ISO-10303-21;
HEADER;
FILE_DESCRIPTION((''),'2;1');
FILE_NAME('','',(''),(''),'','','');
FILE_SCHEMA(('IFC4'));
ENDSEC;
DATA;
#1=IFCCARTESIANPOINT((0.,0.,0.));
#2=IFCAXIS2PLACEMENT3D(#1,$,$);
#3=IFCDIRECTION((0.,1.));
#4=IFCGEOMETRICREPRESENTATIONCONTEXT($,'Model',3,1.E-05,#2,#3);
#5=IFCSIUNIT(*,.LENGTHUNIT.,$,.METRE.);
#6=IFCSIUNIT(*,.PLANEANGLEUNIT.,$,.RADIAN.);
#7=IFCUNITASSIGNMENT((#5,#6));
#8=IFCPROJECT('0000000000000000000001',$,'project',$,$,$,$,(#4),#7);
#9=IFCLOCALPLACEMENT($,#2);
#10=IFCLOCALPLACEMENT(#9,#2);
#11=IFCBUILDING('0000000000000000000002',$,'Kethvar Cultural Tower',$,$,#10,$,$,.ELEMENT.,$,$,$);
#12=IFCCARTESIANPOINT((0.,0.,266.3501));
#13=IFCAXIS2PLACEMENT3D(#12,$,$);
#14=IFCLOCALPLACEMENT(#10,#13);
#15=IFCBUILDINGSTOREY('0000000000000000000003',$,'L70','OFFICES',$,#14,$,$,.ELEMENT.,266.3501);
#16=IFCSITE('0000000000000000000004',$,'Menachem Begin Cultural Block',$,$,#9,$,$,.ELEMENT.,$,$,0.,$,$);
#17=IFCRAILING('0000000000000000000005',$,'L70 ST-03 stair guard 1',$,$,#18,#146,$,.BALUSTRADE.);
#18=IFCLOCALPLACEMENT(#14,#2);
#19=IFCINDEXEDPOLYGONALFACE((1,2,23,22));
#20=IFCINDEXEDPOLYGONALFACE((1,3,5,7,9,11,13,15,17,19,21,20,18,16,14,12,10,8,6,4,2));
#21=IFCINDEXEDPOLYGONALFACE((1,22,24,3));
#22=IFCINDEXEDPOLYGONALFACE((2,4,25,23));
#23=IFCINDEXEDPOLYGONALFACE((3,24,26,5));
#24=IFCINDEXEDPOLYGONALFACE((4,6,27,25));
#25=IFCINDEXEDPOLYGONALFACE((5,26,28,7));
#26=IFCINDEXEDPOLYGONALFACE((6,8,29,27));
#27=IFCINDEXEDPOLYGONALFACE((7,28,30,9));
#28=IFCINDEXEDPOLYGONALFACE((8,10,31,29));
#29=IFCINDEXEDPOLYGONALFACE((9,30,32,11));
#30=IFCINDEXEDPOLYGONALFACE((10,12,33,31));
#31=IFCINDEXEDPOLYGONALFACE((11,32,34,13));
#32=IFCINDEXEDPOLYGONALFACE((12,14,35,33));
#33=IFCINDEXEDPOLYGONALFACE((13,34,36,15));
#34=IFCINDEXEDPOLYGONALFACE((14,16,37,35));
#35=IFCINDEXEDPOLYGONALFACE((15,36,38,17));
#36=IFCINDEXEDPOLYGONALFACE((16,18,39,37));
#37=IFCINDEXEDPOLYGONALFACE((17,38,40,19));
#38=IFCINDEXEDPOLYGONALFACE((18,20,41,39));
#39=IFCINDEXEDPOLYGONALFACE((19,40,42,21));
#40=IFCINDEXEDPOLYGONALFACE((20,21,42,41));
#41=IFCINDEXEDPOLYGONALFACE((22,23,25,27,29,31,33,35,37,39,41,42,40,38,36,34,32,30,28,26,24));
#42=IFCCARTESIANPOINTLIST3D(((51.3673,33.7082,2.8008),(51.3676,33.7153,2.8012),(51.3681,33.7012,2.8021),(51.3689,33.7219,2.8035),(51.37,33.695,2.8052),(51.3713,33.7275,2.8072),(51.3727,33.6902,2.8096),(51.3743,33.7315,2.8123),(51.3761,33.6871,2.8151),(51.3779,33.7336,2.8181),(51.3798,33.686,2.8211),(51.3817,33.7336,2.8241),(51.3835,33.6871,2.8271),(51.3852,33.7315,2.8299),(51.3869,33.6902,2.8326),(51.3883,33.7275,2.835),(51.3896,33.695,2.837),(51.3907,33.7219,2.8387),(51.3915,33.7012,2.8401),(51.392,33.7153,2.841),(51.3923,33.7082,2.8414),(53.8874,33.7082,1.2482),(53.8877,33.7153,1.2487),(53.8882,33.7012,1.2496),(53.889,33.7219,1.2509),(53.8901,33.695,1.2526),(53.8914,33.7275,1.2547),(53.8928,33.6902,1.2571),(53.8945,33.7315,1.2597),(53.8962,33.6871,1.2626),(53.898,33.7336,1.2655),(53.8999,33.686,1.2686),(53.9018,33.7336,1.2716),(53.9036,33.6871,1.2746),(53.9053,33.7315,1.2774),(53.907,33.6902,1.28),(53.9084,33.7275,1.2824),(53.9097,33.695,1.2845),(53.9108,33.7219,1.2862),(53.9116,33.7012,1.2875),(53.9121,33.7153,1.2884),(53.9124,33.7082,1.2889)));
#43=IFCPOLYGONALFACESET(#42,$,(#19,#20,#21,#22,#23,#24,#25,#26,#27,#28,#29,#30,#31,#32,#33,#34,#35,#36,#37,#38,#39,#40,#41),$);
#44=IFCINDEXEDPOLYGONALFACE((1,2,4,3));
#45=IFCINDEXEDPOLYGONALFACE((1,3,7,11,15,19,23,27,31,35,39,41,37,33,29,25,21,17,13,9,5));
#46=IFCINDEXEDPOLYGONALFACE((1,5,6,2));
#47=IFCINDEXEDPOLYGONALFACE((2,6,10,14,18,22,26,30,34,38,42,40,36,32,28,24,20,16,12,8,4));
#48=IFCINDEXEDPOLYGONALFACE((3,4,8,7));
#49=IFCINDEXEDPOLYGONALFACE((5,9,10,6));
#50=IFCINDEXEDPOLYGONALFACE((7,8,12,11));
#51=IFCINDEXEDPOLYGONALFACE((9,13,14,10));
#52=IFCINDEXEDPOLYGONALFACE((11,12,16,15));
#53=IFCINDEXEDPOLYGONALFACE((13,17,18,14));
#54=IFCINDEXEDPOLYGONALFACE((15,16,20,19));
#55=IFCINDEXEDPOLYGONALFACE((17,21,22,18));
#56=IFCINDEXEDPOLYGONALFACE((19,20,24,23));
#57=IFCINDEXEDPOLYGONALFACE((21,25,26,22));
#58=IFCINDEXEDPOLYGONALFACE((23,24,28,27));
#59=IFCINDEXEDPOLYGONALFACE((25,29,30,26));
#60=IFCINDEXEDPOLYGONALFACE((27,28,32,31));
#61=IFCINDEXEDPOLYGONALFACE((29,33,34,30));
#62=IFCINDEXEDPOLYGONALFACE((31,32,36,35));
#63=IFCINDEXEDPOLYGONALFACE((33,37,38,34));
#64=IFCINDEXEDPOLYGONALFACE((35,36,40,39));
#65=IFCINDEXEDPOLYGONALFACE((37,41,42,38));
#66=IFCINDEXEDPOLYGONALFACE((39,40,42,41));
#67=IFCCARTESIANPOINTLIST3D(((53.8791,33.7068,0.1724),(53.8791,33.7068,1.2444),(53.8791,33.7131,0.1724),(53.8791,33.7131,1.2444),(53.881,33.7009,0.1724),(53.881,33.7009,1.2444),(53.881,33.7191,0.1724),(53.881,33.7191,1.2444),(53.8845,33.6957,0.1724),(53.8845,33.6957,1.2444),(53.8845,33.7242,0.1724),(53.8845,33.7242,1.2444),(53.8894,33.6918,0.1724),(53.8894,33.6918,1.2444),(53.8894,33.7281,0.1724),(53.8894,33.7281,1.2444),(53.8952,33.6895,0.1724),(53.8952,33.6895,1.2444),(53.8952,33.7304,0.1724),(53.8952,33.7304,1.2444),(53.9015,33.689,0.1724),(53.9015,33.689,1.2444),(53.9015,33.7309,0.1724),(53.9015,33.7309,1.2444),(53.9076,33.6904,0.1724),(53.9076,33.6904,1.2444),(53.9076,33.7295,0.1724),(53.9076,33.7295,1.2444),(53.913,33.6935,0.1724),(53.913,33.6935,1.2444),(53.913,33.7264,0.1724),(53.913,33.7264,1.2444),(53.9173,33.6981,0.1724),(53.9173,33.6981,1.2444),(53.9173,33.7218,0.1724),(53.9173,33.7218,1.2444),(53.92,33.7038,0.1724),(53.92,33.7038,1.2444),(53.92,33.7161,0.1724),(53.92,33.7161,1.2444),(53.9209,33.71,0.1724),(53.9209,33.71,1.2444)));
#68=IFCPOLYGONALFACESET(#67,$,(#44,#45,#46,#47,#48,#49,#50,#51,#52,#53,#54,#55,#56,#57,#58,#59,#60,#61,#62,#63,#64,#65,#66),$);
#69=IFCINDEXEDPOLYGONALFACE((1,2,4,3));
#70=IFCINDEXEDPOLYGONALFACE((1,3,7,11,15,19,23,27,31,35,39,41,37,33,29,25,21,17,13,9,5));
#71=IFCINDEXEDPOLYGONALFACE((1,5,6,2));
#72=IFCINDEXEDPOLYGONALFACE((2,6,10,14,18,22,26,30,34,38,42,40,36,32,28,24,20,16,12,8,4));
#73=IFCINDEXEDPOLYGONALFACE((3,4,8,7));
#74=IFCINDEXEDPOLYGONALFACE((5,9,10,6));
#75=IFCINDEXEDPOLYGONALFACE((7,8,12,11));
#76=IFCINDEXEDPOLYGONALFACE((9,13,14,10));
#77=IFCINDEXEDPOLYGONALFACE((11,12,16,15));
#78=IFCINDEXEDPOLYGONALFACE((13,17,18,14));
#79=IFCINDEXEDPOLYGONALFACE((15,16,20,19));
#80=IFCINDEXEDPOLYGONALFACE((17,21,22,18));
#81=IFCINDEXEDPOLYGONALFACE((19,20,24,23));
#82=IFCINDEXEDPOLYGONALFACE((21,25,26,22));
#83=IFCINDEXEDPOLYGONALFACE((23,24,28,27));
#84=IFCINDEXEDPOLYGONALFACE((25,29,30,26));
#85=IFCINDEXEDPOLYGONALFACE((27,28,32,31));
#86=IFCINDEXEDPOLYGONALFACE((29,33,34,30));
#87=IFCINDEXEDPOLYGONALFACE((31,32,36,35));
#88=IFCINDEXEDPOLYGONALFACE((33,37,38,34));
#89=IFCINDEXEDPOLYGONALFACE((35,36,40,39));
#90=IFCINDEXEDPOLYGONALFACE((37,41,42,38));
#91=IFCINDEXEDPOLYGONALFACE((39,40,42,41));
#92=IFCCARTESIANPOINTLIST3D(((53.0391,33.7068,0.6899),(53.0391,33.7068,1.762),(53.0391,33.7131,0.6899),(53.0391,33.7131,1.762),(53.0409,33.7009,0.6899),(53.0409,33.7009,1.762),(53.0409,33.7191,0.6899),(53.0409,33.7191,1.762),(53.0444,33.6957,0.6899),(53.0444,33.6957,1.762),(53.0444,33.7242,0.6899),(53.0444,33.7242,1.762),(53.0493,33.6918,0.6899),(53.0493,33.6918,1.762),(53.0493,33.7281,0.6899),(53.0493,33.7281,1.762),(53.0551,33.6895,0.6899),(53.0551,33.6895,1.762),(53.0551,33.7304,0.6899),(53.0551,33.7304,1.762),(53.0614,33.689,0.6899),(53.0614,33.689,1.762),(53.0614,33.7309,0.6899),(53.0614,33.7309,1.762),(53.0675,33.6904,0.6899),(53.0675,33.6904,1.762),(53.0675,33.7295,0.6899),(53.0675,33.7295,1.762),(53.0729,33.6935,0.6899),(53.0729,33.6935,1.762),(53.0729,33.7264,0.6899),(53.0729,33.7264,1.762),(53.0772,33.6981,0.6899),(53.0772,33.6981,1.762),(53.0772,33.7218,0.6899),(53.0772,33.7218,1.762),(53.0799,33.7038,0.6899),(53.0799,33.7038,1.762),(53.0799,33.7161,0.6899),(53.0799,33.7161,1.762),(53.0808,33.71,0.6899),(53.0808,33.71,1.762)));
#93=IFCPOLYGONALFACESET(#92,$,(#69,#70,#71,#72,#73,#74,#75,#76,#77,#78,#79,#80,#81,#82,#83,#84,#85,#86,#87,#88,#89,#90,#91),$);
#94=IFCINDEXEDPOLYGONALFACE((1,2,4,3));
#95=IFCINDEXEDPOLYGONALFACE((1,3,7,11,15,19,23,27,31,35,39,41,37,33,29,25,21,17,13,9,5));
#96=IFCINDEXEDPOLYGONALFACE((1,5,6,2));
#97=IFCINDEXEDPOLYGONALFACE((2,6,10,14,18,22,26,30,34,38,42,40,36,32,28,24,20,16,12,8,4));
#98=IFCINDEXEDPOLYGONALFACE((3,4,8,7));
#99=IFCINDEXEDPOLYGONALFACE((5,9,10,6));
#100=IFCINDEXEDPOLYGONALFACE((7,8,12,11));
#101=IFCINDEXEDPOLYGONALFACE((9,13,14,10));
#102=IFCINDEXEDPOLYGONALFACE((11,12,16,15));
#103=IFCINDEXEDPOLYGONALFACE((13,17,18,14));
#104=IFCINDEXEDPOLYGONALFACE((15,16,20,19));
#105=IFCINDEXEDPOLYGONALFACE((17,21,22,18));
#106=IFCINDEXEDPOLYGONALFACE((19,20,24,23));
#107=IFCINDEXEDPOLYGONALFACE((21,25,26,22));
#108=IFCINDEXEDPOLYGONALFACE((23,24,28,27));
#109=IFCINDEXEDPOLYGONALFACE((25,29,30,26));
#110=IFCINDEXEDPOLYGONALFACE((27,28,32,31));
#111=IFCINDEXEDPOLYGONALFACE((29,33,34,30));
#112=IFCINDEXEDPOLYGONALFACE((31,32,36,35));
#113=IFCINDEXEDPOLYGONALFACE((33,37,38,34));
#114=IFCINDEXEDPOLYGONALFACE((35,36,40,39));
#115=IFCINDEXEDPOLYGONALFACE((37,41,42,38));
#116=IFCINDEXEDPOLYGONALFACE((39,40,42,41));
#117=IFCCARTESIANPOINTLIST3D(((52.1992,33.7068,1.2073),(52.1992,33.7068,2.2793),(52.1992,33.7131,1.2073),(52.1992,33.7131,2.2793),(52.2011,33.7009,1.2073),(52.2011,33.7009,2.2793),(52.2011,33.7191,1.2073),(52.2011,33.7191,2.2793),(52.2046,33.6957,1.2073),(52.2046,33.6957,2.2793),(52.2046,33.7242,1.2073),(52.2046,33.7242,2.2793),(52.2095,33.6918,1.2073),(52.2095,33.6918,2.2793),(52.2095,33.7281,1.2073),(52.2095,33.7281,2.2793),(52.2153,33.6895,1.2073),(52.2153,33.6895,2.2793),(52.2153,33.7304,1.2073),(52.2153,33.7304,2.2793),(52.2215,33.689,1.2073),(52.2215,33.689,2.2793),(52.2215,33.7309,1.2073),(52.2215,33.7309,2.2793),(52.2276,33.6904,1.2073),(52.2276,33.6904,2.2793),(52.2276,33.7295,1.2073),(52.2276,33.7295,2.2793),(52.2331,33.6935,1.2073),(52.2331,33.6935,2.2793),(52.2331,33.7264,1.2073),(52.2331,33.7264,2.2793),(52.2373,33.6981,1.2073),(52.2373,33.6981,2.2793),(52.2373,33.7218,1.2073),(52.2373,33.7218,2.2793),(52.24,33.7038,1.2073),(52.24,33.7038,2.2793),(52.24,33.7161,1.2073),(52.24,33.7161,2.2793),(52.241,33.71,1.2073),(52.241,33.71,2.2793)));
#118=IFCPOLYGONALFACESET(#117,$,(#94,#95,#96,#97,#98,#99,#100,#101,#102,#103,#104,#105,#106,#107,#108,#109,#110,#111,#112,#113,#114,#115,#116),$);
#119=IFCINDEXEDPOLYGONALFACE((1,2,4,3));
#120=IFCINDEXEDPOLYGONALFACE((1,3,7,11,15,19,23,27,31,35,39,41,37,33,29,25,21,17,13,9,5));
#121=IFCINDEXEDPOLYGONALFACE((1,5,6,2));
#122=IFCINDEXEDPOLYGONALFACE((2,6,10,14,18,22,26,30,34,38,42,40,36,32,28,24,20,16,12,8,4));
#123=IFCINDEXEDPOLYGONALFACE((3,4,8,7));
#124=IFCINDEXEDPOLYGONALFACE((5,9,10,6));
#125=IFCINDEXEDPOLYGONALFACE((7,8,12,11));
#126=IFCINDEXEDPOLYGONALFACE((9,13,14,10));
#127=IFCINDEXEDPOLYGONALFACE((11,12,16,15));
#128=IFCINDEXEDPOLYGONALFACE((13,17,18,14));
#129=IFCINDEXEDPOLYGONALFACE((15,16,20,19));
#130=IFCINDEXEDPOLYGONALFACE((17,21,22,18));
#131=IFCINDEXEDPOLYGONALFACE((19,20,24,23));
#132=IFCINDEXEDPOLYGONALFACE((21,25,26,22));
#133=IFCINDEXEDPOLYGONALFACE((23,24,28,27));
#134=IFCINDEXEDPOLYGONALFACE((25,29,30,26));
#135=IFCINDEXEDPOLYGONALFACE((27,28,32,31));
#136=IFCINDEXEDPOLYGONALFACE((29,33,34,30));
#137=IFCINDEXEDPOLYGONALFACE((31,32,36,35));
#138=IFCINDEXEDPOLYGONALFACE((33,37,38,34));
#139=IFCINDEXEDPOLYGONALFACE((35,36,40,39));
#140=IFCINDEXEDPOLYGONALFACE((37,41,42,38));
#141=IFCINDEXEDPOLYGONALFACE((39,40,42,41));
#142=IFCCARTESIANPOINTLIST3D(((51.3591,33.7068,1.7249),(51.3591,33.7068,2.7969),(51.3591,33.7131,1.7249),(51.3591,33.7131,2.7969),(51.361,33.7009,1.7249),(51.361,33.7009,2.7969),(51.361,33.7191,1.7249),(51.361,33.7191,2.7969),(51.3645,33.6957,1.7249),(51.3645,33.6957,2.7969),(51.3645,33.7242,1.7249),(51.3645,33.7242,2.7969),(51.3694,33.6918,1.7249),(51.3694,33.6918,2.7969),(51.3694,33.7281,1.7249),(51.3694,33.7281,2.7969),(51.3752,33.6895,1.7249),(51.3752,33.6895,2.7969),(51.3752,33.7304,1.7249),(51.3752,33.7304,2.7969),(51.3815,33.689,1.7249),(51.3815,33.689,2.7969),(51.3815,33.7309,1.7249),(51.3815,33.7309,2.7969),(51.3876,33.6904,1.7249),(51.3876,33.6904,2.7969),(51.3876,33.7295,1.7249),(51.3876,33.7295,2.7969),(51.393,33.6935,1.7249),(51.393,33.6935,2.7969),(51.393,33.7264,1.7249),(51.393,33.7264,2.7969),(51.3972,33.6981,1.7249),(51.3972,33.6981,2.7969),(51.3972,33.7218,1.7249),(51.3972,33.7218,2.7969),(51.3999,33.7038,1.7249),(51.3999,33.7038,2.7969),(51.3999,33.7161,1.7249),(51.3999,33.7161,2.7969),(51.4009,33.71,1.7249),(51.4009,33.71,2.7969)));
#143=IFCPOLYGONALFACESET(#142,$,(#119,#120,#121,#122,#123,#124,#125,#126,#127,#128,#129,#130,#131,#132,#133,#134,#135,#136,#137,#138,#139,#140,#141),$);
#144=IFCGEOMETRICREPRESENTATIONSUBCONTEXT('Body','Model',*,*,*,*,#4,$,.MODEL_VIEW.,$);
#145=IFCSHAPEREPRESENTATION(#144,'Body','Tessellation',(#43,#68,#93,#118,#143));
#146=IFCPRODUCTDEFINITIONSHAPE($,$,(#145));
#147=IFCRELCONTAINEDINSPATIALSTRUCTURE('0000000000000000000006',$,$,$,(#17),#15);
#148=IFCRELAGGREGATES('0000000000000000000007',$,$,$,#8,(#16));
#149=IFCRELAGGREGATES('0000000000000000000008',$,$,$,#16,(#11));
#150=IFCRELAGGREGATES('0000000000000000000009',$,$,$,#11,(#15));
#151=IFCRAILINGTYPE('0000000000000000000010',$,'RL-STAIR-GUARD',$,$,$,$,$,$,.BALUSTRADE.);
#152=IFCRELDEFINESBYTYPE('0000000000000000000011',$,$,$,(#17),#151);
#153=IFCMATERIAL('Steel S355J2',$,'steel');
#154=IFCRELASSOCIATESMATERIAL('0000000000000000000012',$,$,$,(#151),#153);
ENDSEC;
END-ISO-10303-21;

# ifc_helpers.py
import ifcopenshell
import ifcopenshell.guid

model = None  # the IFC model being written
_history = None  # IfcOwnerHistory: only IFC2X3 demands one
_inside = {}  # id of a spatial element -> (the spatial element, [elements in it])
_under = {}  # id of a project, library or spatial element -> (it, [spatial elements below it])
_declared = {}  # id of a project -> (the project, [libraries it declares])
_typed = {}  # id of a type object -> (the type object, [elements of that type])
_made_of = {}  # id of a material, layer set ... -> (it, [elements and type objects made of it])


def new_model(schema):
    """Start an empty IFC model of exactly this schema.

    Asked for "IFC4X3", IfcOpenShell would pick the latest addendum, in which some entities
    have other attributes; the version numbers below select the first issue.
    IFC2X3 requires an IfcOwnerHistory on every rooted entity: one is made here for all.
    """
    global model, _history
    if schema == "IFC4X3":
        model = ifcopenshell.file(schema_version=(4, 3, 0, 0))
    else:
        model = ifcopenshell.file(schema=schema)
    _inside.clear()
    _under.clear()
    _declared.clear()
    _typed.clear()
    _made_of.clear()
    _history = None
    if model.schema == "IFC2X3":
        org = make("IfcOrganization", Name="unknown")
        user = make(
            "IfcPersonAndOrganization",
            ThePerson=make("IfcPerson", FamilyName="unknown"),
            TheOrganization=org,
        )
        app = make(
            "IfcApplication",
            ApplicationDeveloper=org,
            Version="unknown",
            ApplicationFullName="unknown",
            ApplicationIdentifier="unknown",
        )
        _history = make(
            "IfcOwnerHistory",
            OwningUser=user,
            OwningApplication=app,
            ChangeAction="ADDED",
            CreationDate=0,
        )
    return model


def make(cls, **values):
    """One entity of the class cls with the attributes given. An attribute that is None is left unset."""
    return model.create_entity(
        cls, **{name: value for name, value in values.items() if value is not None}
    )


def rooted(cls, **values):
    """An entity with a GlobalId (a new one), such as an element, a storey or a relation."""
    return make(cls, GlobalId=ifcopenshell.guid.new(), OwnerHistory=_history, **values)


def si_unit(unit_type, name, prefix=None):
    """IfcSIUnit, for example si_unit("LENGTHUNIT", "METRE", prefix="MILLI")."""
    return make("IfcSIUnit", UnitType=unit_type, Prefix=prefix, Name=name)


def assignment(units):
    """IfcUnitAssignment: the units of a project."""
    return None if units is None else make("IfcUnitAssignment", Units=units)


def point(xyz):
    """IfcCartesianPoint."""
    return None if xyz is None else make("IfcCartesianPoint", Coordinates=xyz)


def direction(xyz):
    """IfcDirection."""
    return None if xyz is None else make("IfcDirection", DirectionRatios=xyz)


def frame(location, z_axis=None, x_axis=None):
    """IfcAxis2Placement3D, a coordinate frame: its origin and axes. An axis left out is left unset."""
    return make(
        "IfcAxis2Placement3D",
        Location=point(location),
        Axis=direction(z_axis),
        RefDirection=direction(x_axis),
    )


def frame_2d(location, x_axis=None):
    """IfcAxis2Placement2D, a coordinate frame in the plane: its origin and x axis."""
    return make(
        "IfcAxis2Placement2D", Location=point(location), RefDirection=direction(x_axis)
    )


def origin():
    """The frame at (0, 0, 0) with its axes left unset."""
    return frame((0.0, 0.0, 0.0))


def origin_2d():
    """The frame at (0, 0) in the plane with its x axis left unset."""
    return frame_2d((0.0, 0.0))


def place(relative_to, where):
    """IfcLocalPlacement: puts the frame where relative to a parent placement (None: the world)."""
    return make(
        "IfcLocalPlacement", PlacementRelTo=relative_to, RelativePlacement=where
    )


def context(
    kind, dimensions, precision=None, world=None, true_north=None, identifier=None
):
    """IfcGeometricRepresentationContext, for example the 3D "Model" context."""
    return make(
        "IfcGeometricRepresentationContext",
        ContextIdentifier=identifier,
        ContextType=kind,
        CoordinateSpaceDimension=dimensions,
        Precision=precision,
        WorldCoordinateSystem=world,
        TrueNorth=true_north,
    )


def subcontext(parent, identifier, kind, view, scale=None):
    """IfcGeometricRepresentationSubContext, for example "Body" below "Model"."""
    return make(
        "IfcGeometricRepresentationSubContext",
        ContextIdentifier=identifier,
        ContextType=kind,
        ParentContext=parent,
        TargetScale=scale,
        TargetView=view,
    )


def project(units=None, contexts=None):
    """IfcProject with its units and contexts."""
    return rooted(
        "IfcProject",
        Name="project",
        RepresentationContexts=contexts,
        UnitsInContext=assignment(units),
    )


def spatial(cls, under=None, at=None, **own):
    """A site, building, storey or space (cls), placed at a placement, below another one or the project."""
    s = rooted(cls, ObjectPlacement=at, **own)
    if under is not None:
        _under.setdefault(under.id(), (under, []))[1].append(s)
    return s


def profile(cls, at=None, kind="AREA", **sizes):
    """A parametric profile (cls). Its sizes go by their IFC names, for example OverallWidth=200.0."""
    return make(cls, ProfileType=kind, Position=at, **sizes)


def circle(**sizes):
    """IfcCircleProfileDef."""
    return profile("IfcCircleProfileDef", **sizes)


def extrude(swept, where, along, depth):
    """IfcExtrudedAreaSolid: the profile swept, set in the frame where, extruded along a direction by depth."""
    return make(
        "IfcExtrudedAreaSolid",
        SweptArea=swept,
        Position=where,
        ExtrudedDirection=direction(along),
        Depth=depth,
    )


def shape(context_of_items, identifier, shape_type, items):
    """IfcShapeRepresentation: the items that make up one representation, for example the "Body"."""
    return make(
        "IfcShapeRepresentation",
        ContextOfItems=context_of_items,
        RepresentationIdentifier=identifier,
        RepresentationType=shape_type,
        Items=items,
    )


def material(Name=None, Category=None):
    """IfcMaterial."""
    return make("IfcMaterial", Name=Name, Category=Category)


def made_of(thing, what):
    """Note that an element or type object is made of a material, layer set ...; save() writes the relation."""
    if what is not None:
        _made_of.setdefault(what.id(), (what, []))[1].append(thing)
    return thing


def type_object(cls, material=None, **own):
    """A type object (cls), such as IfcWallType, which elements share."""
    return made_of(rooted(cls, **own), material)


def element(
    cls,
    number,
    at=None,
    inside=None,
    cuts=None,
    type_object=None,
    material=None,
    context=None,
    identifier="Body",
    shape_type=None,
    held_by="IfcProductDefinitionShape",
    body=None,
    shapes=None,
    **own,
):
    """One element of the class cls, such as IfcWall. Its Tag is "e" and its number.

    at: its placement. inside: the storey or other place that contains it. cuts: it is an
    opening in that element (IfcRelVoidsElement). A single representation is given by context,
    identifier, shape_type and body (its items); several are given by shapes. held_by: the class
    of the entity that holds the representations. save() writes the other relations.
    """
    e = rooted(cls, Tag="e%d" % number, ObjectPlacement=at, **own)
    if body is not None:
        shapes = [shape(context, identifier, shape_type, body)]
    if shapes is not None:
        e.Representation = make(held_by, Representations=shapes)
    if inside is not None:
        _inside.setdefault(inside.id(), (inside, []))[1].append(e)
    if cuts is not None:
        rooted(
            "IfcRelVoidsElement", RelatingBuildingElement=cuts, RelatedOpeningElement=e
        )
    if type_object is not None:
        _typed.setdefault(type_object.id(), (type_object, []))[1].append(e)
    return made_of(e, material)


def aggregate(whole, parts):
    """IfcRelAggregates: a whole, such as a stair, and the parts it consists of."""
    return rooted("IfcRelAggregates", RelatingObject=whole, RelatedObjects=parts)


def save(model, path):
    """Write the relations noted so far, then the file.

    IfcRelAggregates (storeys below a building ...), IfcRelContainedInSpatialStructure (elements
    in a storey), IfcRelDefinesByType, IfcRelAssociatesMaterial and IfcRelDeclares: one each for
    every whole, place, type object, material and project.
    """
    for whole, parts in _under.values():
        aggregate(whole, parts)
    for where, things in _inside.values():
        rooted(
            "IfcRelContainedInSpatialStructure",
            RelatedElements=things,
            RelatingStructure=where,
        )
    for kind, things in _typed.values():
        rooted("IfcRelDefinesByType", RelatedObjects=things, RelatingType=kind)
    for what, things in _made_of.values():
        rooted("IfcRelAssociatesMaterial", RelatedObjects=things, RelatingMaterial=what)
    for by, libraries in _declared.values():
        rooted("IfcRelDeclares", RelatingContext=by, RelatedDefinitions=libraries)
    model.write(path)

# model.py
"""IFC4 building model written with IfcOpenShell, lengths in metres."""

from ifc_helpers import new_model, si_unit, direction, frame, origin, origin_2d, place, context, subcontext, project, spatial, circle, extrude, material, type_object, element, save


model = new_model("IFC4")

# Units and contexts
model_context = context("Model", 3, precision=1e-05, world=origin(), true_north=direction((0.0, 1.0)))
body_context = subcontext(model_context, "Body", "Model", "MODEL_VIEW")
ifc_project = project(units=[si_unit("LENGTHUNIT", "METRE"), si_unit("PLANEANGLEUNIT", "RADIAN")], contexts=[model_context])

# Site, building, storey
site_placement = place(None, origin())
site = spatial("IfcSite", under=ifc_project, at=site_placement, Name="Menachem Begin Cultural Block", CompositionType="ELEMENT", RefElevation=0.0)
building_placement = place(site_placement, origin())
building = spatial("IfcBuilding", under=site, at=building_placement, Name="Kethvar Cultural Tower", CompositionType="ELEMENT")
storey_placement = place(building_placement, frame((0.0, 0.0, 266.3501)))
storey = spatial("IfcBuildingStorey", under=building, at=storey_placement, Name="L70", Description="OFFICES", CompositionType="ELEMENT", Elevation=266.3501)

# Shared definitions
ifc_material_1 = material(Name="Steel S355J2", Category="steel")

# Railing
railing_type_1 = type_object("IfcRailingType", Name="RL-STAIR-GUARD", PredefinedType="BALUSTRADE", material=ifc_material_1)
railing_1_placement = place(storey_placement, frame((53.8999, 33.71, 0.1724)))
element("IfcRailing", 1, at=railing_1_placement, inside=storey, type_object=railing_type_1, Name="L70 ST-03 stair guard 1", PredefinedType="BALUSTRADE", context=body_context, shape_type="SweptSolid", body=[
    extrude(circle(Radius=0.0239, at=origin_2d()), frame((0.0, 0.0, 1.0962), z_axis=(-0.8514, 0.0, 0.524516), x_axis=(0.0, -1.0, 0.0)), (0.0, 0.0, 1.0), 2.96),
    extrude(circle(Radius=0.021, at=origin_2d()), origin(), (0.0, 0.0, 1.0), 1.072),
    extrude(circle(Radius=0.021, at=origin_2d()), frame((-0.8401, 0.0, 0.5176)), (0.0, 0.0, 1.0), 1.072),
    extrude(circle(Radius=0.021, at=origin_2d()), frame((-1.6799, 0.0, 1.0349)), (0.0, 0.0, 1.0), 1.072),
    extrude(circle(Radius=0.021, at=origin_2d()), frame((-2.52, 0.0, 1.5525)), (0.0, 0.0, 1.0), 1.072),
])

save(model, "model.ifc")
